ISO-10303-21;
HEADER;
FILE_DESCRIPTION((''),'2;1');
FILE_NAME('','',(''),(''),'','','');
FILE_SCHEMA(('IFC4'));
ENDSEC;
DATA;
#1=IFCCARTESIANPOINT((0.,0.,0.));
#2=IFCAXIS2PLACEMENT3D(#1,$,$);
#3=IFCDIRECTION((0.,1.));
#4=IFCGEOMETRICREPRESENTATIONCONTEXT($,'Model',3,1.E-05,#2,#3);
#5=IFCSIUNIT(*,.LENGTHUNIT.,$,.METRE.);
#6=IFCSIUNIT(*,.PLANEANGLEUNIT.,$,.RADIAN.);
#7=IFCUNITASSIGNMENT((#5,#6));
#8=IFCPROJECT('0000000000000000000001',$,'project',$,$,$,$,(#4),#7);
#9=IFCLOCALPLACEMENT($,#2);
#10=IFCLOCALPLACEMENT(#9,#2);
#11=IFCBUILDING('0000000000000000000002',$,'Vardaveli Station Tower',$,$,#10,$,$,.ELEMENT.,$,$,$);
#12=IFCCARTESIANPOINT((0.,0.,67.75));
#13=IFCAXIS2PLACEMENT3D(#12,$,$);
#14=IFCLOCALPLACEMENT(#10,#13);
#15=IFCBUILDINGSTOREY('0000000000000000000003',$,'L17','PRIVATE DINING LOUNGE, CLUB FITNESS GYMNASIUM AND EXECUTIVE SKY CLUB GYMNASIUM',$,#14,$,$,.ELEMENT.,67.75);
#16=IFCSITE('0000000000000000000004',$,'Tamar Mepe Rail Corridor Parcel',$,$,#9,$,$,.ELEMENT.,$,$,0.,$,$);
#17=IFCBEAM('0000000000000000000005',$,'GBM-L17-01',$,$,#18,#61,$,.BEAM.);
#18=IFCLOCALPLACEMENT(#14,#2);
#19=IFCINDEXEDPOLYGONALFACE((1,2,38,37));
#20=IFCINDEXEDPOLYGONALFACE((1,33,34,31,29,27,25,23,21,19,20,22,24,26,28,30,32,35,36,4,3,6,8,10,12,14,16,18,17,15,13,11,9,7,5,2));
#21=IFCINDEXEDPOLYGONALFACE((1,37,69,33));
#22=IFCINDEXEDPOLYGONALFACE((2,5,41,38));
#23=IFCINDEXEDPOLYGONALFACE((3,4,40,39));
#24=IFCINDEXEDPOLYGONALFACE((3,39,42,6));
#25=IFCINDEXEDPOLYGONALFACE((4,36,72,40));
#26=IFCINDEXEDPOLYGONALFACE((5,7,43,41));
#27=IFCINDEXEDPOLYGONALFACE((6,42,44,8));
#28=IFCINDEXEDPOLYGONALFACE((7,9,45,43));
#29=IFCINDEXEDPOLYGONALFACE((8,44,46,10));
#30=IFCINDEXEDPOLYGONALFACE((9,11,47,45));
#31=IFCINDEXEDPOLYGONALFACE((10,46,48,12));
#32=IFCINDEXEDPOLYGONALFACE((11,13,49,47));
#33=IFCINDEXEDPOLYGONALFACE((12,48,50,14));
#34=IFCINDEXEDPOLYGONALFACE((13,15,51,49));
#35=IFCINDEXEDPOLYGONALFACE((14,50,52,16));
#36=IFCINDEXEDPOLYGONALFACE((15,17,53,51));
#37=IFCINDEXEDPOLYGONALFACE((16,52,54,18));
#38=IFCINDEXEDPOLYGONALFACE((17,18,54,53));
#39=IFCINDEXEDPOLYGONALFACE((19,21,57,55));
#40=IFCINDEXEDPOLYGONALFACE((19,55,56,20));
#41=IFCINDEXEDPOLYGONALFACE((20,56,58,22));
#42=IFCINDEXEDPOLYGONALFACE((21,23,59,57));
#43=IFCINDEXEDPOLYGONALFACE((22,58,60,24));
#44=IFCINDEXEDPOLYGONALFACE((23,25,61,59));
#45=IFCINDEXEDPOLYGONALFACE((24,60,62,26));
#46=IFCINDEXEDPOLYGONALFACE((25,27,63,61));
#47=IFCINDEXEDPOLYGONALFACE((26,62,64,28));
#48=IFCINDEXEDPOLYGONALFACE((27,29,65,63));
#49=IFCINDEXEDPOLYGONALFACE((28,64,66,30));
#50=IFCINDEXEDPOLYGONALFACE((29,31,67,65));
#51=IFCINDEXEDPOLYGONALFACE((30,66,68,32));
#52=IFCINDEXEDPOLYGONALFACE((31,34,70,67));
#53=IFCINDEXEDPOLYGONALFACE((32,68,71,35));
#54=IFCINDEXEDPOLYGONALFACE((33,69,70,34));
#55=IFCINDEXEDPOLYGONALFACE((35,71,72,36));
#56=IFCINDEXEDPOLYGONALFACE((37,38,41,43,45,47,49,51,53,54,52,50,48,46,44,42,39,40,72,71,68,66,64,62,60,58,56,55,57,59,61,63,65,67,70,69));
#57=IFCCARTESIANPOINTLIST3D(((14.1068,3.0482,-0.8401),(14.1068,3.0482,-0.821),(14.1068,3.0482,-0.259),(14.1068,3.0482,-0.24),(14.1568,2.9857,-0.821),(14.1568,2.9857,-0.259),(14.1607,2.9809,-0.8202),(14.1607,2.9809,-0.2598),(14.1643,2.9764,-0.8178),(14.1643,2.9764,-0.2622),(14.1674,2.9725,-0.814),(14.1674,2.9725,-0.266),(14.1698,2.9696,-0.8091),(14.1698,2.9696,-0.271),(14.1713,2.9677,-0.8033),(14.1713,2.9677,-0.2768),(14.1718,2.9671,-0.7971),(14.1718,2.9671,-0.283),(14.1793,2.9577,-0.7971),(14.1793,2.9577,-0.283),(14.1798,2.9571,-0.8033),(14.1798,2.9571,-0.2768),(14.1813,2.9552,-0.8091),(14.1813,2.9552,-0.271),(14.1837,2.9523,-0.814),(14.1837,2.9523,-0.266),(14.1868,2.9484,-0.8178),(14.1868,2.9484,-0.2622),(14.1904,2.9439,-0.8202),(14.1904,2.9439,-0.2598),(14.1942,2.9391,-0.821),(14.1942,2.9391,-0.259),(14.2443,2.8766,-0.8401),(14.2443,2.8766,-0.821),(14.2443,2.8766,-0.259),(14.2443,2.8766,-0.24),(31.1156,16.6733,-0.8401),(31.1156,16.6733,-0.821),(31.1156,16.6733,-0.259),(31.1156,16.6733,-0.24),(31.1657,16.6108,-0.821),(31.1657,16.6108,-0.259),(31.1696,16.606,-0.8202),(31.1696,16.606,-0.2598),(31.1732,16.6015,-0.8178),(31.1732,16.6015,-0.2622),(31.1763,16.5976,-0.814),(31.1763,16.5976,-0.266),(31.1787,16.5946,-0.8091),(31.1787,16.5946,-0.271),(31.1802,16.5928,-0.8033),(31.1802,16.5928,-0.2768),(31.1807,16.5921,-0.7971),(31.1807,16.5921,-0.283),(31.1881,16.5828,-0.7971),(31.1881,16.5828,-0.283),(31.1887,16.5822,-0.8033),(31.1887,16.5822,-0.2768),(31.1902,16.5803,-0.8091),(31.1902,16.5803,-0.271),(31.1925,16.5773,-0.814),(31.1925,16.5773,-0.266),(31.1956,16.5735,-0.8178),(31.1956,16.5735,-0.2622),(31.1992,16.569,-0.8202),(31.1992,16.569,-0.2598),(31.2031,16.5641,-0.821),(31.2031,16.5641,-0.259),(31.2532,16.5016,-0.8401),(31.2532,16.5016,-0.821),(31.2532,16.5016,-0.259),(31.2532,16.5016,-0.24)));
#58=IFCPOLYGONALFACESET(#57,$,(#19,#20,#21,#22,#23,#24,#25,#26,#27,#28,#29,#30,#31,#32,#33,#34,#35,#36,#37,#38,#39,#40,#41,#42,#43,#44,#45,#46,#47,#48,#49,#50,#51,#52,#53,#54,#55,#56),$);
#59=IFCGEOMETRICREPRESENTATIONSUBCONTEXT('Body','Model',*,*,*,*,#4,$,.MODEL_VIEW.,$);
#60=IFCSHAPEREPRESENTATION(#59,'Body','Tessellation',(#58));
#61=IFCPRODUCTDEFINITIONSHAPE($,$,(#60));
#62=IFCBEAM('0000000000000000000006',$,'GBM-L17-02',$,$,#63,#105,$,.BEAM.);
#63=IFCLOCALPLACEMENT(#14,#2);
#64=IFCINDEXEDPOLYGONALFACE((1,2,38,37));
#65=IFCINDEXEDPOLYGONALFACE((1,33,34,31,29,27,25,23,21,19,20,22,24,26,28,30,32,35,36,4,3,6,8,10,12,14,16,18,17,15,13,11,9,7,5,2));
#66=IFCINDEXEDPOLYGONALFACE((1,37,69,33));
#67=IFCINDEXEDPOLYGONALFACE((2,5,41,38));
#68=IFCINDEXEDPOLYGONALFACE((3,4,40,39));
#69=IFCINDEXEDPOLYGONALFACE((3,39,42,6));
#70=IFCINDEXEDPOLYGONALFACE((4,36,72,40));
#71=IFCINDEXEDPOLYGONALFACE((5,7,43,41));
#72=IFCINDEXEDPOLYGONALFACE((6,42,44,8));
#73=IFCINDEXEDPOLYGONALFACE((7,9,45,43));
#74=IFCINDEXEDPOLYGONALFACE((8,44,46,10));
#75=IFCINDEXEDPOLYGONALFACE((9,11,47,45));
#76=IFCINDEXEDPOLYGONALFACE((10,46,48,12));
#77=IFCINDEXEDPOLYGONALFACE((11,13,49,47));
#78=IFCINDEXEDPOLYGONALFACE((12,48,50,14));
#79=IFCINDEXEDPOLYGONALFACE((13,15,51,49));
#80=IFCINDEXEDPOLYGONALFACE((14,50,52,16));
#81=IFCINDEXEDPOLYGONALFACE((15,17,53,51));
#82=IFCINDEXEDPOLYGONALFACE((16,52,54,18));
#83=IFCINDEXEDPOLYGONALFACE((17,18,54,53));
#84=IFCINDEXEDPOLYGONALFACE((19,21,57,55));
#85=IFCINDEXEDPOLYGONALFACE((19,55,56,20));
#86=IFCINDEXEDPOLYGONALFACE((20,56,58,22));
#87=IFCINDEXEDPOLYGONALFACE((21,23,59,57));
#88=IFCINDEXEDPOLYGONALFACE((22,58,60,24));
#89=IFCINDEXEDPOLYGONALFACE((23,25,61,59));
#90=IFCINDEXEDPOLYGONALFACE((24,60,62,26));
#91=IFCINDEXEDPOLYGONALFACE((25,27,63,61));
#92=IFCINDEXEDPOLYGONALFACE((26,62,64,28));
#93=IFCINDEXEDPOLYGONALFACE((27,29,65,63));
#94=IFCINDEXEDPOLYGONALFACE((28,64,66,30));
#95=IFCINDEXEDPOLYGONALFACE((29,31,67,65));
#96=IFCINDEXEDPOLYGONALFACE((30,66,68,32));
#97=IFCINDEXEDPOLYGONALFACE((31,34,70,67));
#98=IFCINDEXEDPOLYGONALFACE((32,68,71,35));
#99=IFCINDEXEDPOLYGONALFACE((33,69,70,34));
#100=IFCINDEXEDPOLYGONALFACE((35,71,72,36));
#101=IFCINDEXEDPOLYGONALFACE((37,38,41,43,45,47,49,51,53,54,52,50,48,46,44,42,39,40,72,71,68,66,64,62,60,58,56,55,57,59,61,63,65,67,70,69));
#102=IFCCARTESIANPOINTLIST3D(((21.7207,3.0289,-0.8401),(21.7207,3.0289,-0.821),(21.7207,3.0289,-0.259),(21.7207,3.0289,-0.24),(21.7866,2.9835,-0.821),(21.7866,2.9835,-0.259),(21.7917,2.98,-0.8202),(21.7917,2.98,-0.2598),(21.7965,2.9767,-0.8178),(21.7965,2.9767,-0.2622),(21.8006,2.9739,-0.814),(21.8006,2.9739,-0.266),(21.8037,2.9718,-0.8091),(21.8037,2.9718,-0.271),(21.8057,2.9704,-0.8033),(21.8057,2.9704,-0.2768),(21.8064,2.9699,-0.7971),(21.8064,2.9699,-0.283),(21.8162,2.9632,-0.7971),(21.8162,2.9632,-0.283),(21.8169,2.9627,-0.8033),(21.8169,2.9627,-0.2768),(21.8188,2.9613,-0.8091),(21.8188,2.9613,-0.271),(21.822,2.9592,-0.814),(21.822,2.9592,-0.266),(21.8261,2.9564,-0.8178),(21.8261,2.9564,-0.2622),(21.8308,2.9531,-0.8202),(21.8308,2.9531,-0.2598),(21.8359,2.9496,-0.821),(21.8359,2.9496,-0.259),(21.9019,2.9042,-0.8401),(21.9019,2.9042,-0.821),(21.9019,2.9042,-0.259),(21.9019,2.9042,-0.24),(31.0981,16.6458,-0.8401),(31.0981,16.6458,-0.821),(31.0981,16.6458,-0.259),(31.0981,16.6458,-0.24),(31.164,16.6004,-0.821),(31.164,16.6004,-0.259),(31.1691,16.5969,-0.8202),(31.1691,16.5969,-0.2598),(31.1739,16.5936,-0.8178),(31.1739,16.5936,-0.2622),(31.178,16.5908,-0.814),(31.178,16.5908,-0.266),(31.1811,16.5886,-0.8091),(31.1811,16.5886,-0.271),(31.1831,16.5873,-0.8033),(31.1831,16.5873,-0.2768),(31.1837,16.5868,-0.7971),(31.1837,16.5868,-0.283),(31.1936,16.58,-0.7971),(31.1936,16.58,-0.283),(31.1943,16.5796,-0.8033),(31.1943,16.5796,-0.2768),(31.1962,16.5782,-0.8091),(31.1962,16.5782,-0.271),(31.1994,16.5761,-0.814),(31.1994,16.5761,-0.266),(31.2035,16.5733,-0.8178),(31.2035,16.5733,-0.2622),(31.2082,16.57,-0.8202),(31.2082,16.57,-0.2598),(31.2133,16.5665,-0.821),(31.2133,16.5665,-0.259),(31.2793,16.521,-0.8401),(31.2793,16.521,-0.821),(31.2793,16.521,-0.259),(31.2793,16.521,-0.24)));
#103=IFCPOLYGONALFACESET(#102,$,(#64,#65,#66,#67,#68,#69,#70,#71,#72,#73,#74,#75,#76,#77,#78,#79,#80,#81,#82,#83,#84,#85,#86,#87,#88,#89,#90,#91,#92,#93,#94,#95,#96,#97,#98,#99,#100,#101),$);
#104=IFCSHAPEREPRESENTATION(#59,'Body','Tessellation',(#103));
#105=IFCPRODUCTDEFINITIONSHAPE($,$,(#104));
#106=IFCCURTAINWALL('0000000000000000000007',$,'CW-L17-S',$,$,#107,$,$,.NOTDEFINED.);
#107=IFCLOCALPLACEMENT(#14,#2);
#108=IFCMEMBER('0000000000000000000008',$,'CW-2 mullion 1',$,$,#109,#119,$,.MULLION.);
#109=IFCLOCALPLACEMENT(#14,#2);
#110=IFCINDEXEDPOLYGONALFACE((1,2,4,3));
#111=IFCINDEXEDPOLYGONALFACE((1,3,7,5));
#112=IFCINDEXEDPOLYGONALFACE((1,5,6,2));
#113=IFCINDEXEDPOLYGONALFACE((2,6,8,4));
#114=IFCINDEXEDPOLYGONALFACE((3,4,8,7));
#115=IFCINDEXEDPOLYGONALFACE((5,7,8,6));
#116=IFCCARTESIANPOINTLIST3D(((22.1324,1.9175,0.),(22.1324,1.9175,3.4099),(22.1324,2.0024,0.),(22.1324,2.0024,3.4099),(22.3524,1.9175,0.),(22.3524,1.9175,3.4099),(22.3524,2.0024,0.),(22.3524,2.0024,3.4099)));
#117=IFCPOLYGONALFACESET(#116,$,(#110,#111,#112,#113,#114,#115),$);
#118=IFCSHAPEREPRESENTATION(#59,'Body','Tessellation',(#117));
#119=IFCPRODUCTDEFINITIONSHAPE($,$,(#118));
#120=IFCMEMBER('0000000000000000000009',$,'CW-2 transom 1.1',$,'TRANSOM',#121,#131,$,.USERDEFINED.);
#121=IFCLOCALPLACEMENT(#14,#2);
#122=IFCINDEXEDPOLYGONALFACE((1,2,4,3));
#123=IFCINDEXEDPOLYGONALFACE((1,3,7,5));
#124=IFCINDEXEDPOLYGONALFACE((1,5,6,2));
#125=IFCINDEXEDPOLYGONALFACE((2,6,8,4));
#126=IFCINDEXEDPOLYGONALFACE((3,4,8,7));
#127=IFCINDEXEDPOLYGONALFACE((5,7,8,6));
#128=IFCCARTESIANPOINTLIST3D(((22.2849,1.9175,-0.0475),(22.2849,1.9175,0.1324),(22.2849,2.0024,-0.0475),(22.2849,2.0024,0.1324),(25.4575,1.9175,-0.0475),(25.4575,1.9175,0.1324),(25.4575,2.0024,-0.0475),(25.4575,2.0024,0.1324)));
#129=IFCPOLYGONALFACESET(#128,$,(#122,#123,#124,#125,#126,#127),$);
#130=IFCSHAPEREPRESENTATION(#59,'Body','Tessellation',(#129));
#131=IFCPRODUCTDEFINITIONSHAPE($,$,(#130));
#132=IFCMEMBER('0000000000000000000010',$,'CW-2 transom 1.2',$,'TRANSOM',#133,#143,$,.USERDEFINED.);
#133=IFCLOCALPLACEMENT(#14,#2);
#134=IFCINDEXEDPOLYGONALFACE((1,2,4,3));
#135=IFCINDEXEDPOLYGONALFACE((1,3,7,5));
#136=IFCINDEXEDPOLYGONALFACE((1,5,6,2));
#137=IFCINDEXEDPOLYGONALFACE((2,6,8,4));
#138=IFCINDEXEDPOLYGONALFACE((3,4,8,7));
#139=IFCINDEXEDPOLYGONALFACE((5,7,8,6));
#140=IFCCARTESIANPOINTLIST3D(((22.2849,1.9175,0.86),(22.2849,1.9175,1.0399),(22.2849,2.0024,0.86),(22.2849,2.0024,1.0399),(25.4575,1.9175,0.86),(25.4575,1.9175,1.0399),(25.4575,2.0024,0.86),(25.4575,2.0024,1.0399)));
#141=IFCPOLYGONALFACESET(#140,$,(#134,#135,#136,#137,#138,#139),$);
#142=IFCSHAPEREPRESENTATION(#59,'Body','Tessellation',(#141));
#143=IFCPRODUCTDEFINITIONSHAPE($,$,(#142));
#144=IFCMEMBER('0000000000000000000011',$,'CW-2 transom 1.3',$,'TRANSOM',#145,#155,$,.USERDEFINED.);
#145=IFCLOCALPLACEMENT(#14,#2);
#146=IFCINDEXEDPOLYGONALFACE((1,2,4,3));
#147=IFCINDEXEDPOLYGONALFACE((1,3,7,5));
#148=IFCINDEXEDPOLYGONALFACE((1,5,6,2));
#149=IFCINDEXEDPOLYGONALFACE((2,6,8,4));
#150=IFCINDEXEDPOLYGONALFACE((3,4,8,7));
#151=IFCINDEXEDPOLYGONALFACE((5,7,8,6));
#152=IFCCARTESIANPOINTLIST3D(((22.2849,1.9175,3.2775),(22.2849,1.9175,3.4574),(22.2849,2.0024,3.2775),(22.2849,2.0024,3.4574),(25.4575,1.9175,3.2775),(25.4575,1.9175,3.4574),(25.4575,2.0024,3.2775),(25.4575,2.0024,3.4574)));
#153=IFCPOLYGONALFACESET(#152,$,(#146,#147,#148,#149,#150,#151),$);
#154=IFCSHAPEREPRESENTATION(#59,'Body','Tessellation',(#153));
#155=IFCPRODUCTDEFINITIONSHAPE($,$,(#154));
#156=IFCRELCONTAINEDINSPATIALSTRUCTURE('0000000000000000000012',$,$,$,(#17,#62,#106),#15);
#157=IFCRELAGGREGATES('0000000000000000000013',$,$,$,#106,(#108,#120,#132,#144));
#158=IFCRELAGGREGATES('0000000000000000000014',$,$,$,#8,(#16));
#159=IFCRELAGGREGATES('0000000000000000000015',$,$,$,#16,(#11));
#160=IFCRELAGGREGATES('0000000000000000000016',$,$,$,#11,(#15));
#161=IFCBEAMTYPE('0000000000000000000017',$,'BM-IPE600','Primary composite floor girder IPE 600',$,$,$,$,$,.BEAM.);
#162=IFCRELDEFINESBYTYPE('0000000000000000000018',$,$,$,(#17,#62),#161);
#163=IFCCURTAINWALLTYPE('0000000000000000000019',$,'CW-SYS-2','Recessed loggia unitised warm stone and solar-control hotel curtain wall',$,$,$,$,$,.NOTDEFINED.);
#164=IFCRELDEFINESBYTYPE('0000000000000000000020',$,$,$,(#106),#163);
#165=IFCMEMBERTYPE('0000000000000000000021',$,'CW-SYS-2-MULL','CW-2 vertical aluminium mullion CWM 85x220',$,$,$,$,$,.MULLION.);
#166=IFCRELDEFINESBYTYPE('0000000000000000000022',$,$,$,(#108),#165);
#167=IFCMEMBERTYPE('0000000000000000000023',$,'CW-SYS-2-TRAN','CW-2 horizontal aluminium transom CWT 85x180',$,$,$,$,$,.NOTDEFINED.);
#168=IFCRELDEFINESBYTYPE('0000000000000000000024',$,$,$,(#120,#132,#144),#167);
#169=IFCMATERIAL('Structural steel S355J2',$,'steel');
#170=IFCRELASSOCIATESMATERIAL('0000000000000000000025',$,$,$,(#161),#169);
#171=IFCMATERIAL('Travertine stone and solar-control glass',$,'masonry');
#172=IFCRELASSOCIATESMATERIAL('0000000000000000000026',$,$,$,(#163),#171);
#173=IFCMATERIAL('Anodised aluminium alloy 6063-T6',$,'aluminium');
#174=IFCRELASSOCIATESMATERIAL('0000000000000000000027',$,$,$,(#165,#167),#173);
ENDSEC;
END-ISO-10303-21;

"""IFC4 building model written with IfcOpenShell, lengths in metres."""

from ifc_helpers import new_model, si_unit, direction, frame, origin, origin_2d, place, context, subcontext, project, spatial, rectangle, i_section, extrude, source, transform, mapped, material, material_profile, profile_set, type_object, element, aggregate, save


model = new_model("IFC4")

# Units and contexts
model_context = context("Model", 3, precision=1e-05, world=origin(), true_north=direction((0.0, 1.0)))
body_context = subcontext(model_context, "Body", "Model", "MODEL_VIEW")
ifc_project = project(units=[si_unit("LENGTHUNIT", "METRE"), si_unit("PLANEANGLEUNIT", "RADIAN")], contexts=[model_context])

# Site, building, storey
site_placement = place(None, origin())
site = spatial("IfcSite", under=ifc_project, at=site_placement, Name="Tamar Mepe Rail Corridor Parcel", CompositionType="ELEMENT", RefElevation=0.0)
building_placement = place(site_placement, origin())
building = spatial("IfcBuilding", under=site, at=building_placement, Name="Vardaveli Station Tower", CompositionType="ELEMENT")
storey_placement = place(building_placement, frame((0.0, 0.0, 67.75)))
storey = spatial("IfcBuildingStorey", under=building, at=storey_placement, Name="L17", Description="PRIVATE DINING LOUNGE, CLUB FITNESS GYMNASIUM AND EXECUTIVE SKY CLUB GYMNASIUM", CompositionType="ELEMENT", Elevation=67.75)

# Beams
ifc_material_1 = material(Name="Structural steel S355J2", Category="steel")
ifc_material_profile_1 = material_profile(ifc_material_1, i_section(OverallWidth=0.22, OverallDepth=0.6001, WebThickness=0.012, FlangeThickness=0.019, FilletRadius=0.0239, at=origin_2d()), Name="IPE 600")
ifc_profile_set_1 = profile_set([ifc_material_profile_1], Name="Structural steel S355J2")
beam_type_1 = type_object("IfcBeamType", Name="BM-IPE600", Description="Primary composite floor girder IPE 600", PredefinedType="BEAM", material=ifc_profile_set_1)
shared_shape_1 = source(origin(), body_context, "Body", "SweptSolid", [
    extrude(i_section(OverallWidth=0.22, OverallDepth=0.6001, WebThickness=0.012, FlangeThickness=0.019, FilletRadius=0.0239, at=origin_2d()), origin(), (0.0, 0.0, 1.0), 21.7932),
])
beam_1_placement = place(storey_placement, frame((14.1755, 2.9624, -0.54), z_axis=(0.780466, 0.625198, 0.0), x_axis=(-0.625198, 0.780466, 0.0)))
element("IfcBeam", 1, at=beam_1_placement, inside=storey, type_object=beam_type_1, Name="GBM-L17-01", PredefinedType="BEAM", context=body_context, shape_type="MappedRepresentation", body=[
    mapped(shared_shape_1, transform((0.0, 0.0, 0.0), scale=1.0)),
])
shared_shape_2 = source(origin(), body_context, "Body", "SweptSolid", [
    extrude(i_section(OverallWidth=0.22, OverallDepth=0.6001, WebThickness=0.012, FlangeThickness=0.019, FilletRadius=0.0239, at=origin_2d()), origin(), (0.0, 0.0, 1.0), 16.5334),
])
beam_2_placement = place(storey_placement, frame((21.8113, 2.9666, -0.54), z_axis=(0.567177, 0.823596, 0.0), x_axis=(-0.823596, 0.567177, 0.0)))
element("IfcBeam", 2, at=beam_2_placement, inside=storey, type_object=beam_type_1, Name="GBM-L17-02", PredefinedType="BEAM", context=body_context, shape_type="MappedRepresentation", body=[
    mapped(shared_shape_2, transform((0.0, 0.0, 0.0), scale=1.0)),
])

# Curtain wall, members
ifc_material_2 = material(Name="Travertine stone and solar-control glass", Category="masonry")
curtain_wall_type = type_object("IfcCurtainWallType", Name="CW-SYS-2", Description="Recessed loggia unitised warm stone and solar-control hotel curtain wall", PredefinedType="NOTDEFINED", material=ifc_material_2)
curtain_wall_placement = place(storey_placement, origin())
curtain_wall = element("IfcCurtainWall", 3, at=curtain_wall_placement, inside=storey, type_object=curtain_wall_type, Name="CW-L17-S", PredefinedType="NOTDEFINED")
ifc_material_3 = material(Name="Anodised aluminium alloy 6063-T6", Category="aluminium")
ifc_material_profile_2 = material_profile(ifc_material_3, rectangle(XDim=0.085, YDim=0.22, at=origin_2d()), Name="CWM 85x220")
ifc_profile_set_2 = profile_set([ifc_material_profile_2], Name="Anodised aluminium alloy 6063-T6")
member_type_1 = type_object("IfcMemberType", Name="CW-SYS-2-MULL", Description="CW-2 vertical aluminium mullion CWM 85x220", PredefinedType="MULLION", material=ifc_profile_set_2)
shared_shape_3 = source(origin(), body_context, "Body", "SweptSolid", [
    extrude(rectangle(XDim=0.085, YDim=0.22, at=origin_2d()), origin(), (0.0, 0.0, 1.0), 3.4099),
])
member_1_placement = place(storey_placement, frame((22.2424, 1.96, 0.0), z_axis=(0.0, 0.0, 1.0), x_axis=(0.0, 1.0, 0.0)))
member_1 = element("IfcMember", 4, at=member_1_placement, type_object=member_type_1, Name="CW-2 mullion 1", PredefinedType="MULLION", context=body_context, shape_type="MappedRepresentation", body=[
    mapped(shared_shape_3, transform((0.0, 0.0, 0.0), scale=1.0)),
])
ifc_material_profile_3 = material_profile(ifc_material_3, rectangle(XDim=0.085, YDim=0.1799, at=origin_2d()), Name="CWT 85x180")
ifc_profile_set_3 = profile_set([ifc_material_profile_3], Name="Anodised aluminium alloy 6063-T6")
member_type_2 = type_object("IfcMemberType", Name="CW-SYS-2-TRAN", Description="CW-2 horizontal aluminium transom CWT 85x180", PredefinedType="NOTDEFINED", material=ifc_profile_set_3)
shared_shape_4 = source(origin(), body_context, "Body", "SweptSolid", [
    extrude(rectangle(XDim=0.085, YDim=0.1799, at=origin_2d()), origin(), (0.0, 0.0, 1.0), 3.1726),
])
member_2_placement = place(storey_placement, frame((22.2849, 1.96, 0.0425), z_axis=(1.0, 0.0, 0.0), x_axis=(0.0, 1.0, 0.0)))
member_2 = element("IfcMember", 5, at=member_2_placement, type_object=member_type_2, Name="CW-2 transom 1.1", ObjectType="TRANSOM", PredefinedType="USERDEFINED", context=body_context, shape_type="MappedRepresentation", body=[
    mapped(shared_shape_4, transform((0.0, 0.0, 0.0), scale=1.0)),
])
member_3_placement = place(storey_placement, frame((22.2849, 1.96, 0.95), z_axis=(1.0, 0.0, 0.0), x_axis=(0.0, 1.0, 0.0)))
member_3 = element("IfcMember", 6, at=member_3_placement, type_object=member_type_2, Name="CW-2 transom 1.2", ObjectType="TRANSOM", PredefinedType="USERDEFINED", context=body_context, shape_type="MappedRepresentation", body=[
    mapped(shared_shape_4, transform((0.0, 0.0, 0.0), scale=1.0)),
])
member_4_placement = place(storey_placement, frame((22.2849, 1.96, 3.3674), z_axis=(1.0, 0.0, 0.0), x_axis=(0.0, 1.0, 0.0)))
member_4 = element("IfcMember", 7, at=member_4_placement, type_object=member_type_2, Name="CW-2 transom 1.3", ObjectType="TRANSOM", PredefinedType="USERDEFINED", context=body_context, shape_type="MappedRepresentation", body=[
    mapped(shared_shape_4, transform((0.0, 0.0, 0.0), scale=1.0)),
])
aggregate(curtain_wall, [member_1, member_2, member_3, member_4])

save(model, "model.ifc")
